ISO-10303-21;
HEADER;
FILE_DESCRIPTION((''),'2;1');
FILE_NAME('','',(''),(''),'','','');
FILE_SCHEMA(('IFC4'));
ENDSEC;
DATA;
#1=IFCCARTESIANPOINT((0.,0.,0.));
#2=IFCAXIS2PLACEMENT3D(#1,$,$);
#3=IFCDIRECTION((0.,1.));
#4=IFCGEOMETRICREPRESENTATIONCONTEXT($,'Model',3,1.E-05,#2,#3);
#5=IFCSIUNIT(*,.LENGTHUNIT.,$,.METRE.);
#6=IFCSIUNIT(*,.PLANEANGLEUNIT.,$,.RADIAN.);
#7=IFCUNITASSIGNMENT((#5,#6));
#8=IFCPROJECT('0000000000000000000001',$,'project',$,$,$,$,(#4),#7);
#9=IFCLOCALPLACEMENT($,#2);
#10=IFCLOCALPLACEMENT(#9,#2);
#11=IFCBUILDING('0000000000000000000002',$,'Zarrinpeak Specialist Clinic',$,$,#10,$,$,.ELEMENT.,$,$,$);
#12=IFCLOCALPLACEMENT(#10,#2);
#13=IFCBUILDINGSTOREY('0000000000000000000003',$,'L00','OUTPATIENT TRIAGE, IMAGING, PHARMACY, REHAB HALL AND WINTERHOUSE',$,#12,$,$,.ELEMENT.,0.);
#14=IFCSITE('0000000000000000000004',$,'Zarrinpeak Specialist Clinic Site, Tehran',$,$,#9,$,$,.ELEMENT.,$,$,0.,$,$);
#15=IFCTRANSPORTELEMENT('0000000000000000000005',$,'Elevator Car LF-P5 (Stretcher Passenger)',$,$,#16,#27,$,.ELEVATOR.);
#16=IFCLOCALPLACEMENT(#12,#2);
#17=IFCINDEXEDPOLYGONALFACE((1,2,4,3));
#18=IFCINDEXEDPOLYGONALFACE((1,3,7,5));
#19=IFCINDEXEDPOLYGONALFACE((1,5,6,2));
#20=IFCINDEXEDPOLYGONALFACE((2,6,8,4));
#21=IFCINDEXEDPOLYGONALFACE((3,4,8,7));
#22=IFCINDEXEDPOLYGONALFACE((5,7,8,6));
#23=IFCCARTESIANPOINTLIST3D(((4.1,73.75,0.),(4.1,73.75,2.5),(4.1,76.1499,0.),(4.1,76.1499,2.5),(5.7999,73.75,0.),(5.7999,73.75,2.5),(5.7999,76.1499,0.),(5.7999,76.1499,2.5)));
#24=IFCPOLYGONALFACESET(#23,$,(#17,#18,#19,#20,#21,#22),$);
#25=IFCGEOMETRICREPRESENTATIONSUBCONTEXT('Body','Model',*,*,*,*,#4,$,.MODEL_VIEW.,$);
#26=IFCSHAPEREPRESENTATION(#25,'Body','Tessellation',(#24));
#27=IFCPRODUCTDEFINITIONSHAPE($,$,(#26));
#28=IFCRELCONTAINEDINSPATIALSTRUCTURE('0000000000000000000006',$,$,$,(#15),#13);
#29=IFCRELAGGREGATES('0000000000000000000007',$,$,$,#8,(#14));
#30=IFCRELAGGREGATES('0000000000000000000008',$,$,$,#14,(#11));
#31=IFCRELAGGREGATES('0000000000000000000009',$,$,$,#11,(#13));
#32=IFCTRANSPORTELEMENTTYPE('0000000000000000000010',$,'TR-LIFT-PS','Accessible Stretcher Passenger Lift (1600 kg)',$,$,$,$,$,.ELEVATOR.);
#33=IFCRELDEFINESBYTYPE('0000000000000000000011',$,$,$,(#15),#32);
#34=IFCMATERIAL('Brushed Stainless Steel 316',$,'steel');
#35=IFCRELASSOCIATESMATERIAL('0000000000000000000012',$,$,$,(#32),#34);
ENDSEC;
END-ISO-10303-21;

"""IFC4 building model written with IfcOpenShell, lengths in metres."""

from ifc_helpers import new_model, si_unit, direction, frame, origin, origin_2d, place, context, subcontext, project, spatial, rectangle, extrude, material, type_object, element, save


model = new_model("IFC4")

# Units and contexts
model_context = context("Model", 3, precision=1e-05, world=origin(), true_north=direction((0.0, 1.0)))
body_context = subcontext(model_context, "Body", "Model", "MODEL_VIEW")
ifc_project = project(units=[si_unit("LENGTHUNIT", "METRE"), si_unit("PLANEANGLEUNIT", "RADIAN")], contexts=[model_context])

# Site, building, storey
site_placement = place(None, origin())
site = spatial("IfcSite", under=ifc_project, at=site_placement, Name="Zarrinpeak Specialist Clinic Site, Tehran", CompositionType="ELEMENT", RefElevation=0.0)
building_placement = place(site_placement, origin())
building = spatial("IfcBuilding", under=site, at=building_placement, Name="Zarrinpeak Specialist Clinic", CompositionType="ELEMENT")
storey_placement = place(building_placement, origin())
storey = spatial("IfcBuildingStorey", under=building, at=storey_placement, Name="L00", Description="OUTPATIENT TRIAGE, IMAGING, PHARMACY, REHAB HALL AND WINTERHOUSE", CompositionType="ELEMENT", Elevation=0.0)

# Transport element
ifc_material_1 = material(Name="Brushed Stainless Steel 316", Category="steel")
transport_element_type = type_object("IfcTransportElementType", Name="TR-LIFT-PS", Description="Accessible Stretcher Passenger Lift (1600 kg)", PredefinedType="ELEVATOR", material=ifc_material_1)
transport_element_placement = place(storey_placement, frame((4.95, 74.95, 0.0), z_axis=(0.0, 0.0, 1.0), x_axis=(1.0, 0.0, 0.0)))
element("IfcTransportElement", 1, at=transport_element_placement, inside=storey, type_object=transport_element_type, Name="Elevator Car LF-P5 (Stretcher Passenger)", PredefinedType="ELEVATOR", context=body_context, shape_type="SweptSolid", body=[
    extrude(rectangle(XDim=1.7, YDim=2.3999, at=origin_2d()), origin(), (0.0, 0.0, 1.0), 2.5),
])

save(model, "model.ifc")
